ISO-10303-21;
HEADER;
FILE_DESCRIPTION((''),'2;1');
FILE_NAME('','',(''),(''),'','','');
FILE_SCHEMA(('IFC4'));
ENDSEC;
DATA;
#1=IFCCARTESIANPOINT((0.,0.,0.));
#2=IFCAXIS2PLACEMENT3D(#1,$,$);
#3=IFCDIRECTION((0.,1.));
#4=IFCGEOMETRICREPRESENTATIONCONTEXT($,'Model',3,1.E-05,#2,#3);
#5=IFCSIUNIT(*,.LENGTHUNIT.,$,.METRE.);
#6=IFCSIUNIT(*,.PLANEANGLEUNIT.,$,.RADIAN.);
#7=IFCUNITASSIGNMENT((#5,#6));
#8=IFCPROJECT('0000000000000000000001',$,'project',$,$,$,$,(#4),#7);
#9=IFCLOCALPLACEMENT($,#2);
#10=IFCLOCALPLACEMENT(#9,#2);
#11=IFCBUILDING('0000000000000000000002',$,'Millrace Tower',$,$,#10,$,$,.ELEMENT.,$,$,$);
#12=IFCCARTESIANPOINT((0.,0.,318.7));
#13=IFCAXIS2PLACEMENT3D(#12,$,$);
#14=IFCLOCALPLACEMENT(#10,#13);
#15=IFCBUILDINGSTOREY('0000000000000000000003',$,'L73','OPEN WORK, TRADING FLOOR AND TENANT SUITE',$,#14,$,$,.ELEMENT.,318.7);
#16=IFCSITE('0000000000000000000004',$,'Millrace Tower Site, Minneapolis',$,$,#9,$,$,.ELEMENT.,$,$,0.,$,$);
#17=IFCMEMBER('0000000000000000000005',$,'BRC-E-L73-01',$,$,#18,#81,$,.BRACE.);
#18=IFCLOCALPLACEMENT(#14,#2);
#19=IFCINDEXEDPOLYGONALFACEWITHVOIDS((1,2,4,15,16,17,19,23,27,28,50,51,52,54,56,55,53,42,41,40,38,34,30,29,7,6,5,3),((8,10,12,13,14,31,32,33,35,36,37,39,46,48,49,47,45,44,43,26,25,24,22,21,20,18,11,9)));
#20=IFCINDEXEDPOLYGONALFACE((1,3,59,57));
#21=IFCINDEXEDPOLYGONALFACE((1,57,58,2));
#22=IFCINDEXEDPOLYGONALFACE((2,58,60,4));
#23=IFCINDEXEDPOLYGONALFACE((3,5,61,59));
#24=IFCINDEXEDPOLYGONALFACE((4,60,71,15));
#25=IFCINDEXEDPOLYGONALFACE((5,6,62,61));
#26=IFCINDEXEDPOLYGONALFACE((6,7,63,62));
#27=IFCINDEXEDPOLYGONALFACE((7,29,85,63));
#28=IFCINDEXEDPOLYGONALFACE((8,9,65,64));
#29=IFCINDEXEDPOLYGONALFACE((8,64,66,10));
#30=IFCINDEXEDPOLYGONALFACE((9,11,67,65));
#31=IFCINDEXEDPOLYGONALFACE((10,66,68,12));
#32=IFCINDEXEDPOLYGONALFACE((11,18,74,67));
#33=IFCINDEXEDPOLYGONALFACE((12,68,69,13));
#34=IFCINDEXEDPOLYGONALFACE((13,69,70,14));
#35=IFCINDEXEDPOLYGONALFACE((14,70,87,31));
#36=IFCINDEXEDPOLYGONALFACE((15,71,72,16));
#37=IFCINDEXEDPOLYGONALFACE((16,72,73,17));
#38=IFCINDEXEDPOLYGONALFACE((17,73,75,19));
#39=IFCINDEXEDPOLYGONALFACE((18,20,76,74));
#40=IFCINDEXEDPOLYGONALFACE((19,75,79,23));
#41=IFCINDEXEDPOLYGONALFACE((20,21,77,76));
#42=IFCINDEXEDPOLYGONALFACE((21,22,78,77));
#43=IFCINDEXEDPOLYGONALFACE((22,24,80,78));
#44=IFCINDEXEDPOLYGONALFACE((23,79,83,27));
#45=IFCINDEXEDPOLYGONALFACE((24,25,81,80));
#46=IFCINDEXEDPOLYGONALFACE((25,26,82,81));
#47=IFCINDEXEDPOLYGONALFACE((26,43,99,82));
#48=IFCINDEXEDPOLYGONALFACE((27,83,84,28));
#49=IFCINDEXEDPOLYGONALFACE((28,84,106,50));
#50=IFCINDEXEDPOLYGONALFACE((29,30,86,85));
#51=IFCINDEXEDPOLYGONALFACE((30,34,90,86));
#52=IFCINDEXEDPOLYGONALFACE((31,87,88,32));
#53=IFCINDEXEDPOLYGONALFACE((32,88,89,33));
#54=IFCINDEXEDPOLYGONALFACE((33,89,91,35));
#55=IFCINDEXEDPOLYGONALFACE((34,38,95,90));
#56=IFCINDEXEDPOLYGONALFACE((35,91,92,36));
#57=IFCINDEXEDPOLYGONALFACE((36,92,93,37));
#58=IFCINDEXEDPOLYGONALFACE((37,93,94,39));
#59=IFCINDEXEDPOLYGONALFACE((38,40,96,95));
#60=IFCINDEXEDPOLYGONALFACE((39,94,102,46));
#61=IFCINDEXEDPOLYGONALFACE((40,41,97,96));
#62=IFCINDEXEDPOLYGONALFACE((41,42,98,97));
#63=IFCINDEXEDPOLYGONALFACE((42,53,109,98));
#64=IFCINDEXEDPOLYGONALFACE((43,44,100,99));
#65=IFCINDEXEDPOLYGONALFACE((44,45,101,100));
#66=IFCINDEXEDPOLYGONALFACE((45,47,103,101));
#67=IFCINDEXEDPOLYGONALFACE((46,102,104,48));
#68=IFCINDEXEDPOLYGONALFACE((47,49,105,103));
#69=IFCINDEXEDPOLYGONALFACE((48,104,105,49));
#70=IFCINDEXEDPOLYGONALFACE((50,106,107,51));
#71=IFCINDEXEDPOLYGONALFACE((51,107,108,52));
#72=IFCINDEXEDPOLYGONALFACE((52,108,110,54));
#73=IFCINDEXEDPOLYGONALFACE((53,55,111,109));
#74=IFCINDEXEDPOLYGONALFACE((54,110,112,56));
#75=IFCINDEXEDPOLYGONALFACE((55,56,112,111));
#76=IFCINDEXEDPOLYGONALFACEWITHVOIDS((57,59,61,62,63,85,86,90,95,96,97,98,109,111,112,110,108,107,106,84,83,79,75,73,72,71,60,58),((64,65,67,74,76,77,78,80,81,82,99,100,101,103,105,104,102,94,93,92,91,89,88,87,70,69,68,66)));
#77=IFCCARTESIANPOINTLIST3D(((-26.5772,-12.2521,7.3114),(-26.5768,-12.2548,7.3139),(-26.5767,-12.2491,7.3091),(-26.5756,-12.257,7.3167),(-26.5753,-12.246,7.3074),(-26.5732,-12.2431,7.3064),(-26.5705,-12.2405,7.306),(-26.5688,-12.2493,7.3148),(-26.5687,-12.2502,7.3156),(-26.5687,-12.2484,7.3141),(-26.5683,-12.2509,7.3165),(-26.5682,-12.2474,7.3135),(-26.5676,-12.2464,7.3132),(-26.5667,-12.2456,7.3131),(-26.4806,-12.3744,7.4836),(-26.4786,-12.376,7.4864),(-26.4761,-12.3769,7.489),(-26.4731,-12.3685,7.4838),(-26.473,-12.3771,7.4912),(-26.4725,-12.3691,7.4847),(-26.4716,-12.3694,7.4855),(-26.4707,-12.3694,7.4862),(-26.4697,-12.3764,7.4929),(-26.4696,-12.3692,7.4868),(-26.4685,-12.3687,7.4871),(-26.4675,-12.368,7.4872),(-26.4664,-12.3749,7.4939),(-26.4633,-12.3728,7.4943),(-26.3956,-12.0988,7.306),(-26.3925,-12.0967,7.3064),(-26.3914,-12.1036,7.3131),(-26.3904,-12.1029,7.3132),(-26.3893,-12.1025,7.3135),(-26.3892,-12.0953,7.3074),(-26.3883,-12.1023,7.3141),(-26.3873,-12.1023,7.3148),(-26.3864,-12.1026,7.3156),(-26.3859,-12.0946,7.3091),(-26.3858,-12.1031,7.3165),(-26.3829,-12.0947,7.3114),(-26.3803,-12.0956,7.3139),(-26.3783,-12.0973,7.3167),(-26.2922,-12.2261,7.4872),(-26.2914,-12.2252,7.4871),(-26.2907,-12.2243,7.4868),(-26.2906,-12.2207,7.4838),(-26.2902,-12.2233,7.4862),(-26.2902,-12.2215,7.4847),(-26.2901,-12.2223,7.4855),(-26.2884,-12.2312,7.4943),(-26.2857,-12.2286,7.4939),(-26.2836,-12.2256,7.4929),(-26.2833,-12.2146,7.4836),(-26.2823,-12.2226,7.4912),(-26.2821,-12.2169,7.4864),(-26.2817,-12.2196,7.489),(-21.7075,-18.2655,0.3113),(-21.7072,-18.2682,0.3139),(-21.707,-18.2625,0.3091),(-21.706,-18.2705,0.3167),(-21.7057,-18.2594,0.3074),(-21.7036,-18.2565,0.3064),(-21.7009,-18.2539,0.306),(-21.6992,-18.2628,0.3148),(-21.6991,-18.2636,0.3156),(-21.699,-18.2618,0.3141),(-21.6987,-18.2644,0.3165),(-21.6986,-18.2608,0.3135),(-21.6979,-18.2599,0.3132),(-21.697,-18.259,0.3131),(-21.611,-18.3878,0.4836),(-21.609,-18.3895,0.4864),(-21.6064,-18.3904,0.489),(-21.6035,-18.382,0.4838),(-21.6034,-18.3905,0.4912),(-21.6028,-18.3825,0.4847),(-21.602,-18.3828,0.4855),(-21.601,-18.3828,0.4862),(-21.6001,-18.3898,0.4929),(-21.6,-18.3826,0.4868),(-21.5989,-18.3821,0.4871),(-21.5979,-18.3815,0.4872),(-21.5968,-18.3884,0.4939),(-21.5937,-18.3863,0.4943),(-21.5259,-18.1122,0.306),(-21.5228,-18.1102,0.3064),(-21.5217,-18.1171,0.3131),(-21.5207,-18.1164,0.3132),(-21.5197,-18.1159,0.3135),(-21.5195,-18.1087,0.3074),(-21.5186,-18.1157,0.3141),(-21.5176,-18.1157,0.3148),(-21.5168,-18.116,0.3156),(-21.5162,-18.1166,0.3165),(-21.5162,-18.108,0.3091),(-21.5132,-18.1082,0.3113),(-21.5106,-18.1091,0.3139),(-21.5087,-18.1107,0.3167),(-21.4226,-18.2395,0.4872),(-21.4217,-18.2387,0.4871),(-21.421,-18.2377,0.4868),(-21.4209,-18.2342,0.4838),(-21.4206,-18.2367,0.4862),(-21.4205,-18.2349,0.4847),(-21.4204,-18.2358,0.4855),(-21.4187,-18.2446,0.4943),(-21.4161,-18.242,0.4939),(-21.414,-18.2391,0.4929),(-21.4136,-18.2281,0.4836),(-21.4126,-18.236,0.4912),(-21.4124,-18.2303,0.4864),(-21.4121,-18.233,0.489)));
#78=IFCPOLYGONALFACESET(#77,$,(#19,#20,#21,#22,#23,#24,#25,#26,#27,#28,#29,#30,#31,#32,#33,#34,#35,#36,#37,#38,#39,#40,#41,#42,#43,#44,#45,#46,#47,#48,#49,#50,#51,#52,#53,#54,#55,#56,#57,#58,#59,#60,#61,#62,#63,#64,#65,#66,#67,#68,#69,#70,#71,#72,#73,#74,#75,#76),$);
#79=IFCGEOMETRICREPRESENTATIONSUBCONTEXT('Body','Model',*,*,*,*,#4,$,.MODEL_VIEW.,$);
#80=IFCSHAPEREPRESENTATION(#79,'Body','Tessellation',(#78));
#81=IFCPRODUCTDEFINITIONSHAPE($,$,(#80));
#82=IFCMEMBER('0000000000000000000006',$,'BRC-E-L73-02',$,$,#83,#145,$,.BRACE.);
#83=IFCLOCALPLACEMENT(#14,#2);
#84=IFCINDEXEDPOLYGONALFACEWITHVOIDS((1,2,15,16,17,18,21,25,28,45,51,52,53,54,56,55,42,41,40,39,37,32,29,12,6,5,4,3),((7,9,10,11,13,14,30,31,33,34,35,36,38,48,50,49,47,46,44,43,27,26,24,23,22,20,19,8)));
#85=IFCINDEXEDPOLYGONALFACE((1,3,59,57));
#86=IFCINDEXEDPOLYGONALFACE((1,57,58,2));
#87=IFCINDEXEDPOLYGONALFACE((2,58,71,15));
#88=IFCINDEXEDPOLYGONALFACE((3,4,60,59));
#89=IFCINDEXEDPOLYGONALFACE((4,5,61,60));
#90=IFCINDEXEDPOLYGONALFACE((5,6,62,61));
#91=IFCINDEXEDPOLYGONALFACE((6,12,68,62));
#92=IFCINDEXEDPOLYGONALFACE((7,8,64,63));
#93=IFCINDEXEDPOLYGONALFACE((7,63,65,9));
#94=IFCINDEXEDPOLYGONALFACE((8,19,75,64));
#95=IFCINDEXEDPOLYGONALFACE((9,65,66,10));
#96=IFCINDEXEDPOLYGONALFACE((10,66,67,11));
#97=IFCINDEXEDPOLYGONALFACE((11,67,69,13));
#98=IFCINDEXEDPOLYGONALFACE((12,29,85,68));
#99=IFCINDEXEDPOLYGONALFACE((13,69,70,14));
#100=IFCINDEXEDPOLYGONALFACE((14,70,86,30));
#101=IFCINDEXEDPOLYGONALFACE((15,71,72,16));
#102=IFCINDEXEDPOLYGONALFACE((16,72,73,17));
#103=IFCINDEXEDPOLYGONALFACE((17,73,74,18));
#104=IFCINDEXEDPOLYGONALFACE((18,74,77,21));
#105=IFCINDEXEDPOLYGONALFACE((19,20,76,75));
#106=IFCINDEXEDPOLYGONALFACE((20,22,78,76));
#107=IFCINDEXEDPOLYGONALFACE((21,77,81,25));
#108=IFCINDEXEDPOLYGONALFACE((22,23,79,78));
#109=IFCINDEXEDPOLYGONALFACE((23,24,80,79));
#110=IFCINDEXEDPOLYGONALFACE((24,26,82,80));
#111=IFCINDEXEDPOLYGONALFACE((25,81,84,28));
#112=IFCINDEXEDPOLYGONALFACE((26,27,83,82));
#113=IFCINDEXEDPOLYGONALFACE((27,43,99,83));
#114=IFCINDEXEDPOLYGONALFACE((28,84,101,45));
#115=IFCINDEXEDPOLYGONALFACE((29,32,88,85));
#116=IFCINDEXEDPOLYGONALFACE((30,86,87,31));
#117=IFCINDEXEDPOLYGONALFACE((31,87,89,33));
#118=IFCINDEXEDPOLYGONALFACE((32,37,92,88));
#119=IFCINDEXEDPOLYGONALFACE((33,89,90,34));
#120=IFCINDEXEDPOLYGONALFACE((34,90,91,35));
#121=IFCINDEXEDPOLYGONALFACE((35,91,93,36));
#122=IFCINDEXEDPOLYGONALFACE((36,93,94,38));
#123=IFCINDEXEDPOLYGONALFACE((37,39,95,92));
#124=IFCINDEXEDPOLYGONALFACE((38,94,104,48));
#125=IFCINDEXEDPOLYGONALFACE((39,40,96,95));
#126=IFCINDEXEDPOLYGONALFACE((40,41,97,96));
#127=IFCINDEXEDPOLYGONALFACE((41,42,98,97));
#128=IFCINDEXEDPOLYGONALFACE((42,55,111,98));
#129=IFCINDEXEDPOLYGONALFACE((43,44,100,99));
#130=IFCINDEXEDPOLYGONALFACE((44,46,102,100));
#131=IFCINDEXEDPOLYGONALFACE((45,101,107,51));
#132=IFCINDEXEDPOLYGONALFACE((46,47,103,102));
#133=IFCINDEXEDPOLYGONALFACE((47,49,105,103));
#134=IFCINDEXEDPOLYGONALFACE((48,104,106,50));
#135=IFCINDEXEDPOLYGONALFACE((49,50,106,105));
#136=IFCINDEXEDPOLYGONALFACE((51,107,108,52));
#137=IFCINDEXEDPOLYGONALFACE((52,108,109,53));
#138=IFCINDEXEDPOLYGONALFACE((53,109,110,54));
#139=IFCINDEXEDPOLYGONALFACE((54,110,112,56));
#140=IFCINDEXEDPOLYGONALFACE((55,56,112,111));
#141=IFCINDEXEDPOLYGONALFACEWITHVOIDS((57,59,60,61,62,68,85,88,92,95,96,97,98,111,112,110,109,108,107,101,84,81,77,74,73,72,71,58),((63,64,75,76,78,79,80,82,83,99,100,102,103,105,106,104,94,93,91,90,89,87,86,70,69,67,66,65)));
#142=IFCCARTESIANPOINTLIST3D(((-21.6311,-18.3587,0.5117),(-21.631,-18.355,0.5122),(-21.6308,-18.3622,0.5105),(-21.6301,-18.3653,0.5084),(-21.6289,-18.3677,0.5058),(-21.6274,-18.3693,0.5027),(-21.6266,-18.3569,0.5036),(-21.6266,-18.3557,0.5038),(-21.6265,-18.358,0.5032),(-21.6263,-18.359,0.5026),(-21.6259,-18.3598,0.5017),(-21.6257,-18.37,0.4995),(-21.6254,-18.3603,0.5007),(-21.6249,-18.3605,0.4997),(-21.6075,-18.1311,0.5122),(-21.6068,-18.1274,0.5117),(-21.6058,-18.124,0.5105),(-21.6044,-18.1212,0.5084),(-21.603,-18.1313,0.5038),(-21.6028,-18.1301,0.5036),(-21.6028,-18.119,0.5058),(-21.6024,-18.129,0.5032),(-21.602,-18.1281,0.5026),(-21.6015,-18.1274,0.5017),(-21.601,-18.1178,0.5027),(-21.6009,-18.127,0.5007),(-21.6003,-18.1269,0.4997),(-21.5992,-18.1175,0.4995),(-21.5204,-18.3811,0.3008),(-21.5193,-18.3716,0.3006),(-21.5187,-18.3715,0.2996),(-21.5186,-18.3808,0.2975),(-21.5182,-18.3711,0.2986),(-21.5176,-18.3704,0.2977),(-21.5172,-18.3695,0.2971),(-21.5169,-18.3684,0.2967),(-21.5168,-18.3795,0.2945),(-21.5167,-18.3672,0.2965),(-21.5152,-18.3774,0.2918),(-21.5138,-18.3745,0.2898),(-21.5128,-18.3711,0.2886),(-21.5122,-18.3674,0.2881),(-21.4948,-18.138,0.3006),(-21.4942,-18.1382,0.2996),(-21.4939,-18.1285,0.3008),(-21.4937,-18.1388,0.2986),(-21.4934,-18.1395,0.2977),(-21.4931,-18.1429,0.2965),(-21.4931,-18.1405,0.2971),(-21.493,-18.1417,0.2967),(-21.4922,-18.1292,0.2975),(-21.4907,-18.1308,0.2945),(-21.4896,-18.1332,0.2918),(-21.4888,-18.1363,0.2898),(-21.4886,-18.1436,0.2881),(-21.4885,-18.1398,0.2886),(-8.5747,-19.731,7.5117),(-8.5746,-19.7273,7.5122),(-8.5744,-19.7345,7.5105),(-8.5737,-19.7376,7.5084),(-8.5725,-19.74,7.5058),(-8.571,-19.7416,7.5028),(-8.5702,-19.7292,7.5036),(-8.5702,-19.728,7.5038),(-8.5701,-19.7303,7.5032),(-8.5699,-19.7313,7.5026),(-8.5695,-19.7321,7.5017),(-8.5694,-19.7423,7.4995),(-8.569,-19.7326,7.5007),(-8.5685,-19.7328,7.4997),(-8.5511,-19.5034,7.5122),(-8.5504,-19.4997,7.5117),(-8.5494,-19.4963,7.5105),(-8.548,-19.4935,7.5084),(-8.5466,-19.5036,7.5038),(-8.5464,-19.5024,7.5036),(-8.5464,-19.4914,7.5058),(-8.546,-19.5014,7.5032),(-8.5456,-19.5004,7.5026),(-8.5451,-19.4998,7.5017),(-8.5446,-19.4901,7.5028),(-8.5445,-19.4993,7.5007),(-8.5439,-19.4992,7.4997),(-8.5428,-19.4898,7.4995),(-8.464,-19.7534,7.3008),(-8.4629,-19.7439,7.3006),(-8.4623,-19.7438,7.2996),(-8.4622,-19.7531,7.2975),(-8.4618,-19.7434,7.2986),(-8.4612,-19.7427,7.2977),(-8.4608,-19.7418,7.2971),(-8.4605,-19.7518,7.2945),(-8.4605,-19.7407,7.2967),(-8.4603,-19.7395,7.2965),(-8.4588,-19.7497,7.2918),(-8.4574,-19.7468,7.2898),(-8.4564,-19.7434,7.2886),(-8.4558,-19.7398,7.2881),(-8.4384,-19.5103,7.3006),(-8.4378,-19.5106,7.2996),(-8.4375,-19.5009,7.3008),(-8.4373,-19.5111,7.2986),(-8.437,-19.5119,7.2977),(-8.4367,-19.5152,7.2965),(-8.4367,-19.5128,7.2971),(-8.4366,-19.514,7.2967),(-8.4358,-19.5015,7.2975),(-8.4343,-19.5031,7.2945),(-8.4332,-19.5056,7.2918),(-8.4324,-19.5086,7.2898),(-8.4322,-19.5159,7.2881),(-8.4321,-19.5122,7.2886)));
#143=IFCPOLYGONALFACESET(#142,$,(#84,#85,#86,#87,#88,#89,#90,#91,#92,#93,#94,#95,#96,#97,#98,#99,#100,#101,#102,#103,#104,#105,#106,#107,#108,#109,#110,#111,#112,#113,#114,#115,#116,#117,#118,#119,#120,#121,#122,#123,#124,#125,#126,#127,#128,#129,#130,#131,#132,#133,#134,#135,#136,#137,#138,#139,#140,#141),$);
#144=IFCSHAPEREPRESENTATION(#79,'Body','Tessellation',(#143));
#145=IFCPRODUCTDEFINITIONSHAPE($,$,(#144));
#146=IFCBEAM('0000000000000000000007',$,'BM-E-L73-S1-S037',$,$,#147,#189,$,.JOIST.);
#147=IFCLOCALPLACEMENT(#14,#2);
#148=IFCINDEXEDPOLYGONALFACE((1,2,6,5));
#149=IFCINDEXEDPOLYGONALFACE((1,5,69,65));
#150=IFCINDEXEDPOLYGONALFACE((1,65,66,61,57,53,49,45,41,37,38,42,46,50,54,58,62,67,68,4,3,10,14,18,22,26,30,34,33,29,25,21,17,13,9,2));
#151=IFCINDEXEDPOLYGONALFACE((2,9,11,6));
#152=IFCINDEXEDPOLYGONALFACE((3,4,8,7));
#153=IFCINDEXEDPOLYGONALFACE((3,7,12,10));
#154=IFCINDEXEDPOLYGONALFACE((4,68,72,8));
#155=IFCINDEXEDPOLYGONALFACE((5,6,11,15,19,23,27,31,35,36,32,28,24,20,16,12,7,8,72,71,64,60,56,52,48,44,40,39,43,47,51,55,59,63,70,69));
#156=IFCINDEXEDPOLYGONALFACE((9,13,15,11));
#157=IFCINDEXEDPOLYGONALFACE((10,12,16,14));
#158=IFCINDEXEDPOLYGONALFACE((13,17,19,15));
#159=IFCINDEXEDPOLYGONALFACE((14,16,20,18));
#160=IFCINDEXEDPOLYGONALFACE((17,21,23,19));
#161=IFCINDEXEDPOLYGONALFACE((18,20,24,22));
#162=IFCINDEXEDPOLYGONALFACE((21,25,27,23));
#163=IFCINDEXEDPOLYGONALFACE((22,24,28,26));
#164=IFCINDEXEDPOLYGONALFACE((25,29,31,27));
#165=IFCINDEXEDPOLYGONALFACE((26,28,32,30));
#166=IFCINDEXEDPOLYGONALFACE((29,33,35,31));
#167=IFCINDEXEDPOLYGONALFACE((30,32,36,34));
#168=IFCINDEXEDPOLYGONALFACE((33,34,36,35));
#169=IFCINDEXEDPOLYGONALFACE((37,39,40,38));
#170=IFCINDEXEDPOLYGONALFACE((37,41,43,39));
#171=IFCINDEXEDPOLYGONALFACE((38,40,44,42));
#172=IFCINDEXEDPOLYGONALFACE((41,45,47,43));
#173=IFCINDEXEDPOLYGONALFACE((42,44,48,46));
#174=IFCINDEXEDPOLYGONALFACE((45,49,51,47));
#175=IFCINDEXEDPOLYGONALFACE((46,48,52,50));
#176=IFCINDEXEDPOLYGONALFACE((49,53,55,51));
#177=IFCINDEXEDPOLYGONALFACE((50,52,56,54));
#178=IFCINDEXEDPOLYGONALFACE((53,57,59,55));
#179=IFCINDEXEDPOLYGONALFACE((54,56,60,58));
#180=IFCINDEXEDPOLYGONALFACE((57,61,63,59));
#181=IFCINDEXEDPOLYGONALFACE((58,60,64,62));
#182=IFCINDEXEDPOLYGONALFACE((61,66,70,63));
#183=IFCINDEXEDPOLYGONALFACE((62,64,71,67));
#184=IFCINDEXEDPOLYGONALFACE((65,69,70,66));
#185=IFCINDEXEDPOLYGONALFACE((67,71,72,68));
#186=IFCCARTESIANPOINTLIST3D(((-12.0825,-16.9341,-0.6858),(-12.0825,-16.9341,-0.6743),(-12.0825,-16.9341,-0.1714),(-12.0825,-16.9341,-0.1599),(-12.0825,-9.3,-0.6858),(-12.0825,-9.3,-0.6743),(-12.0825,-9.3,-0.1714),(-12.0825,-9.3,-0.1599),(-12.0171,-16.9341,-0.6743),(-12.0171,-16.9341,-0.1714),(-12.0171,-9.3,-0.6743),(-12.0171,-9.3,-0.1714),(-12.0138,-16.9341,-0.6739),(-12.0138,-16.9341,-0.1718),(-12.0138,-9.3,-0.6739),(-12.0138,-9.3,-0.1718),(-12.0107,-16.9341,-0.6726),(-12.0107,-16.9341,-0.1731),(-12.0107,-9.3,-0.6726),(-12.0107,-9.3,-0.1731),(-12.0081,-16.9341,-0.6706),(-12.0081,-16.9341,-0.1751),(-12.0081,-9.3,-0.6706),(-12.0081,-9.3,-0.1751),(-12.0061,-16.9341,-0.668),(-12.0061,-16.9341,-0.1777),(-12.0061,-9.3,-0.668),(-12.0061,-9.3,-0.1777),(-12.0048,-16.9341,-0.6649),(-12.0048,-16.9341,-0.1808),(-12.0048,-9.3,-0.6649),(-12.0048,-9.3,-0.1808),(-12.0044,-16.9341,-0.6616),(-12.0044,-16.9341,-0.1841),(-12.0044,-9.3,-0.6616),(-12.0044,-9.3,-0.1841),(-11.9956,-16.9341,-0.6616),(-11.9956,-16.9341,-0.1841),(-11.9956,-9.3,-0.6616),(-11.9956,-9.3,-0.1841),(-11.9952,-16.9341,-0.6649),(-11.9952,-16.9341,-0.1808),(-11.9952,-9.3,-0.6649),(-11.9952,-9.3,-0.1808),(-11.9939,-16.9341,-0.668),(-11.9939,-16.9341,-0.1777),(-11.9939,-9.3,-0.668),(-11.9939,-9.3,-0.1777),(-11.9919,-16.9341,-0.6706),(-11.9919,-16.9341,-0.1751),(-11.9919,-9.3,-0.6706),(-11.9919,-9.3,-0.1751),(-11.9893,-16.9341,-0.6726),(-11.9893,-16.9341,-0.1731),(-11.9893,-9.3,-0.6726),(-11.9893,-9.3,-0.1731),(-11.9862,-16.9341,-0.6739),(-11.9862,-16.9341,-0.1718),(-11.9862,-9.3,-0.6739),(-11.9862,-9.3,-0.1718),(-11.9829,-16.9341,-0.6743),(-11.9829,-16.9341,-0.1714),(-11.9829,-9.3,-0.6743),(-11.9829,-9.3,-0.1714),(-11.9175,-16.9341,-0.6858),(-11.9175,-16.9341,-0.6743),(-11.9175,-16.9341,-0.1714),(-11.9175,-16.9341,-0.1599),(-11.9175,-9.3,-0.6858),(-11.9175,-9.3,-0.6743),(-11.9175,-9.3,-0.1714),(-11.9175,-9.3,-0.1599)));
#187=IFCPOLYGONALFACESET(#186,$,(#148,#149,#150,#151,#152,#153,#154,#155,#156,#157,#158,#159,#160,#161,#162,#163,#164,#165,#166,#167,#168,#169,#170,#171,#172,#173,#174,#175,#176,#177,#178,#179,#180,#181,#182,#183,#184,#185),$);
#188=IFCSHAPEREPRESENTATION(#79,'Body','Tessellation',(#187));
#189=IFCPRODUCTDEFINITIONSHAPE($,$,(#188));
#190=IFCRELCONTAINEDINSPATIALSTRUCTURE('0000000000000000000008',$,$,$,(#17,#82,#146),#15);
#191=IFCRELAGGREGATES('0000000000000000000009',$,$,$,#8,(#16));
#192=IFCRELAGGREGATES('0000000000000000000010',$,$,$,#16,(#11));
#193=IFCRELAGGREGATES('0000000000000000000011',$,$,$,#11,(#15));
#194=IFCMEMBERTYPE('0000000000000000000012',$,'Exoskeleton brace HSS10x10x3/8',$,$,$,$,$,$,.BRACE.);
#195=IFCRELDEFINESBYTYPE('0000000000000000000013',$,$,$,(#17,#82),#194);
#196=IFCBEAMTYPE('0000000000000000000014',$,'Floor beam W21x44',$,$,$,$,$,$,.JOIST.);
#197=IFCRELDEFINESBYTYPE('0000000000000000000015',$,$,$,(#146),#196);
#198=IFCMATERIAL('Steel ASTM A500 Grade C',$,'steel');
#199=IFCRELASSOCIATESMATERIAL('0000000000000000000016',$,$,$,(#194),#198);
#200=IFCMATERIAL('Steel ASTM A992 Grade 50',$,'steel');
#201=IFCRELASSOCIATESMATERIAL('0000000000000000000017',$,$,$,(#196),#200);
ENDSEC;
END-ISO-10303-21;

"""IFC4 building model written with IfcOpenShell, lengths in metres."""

from ifc_helpers import new_model, si_unit, direction, frame, origin, origin_2d, place, context, subcontext, project, spatial, hollow_rectangle, i_section, extrude, material, material_profile, profile_set, type_object, element, save


model = new_model("IFC4")

# Units and contexts
model_context = context("Model", 3, precision=1e-05, world=origin(), true_north=direction((0.0, 1.0)))
body_context = subcontext(model_context, "Body", "Model", "MODEL_VIEW")
ifc_project = project(units=[si_unit("LENGTHUNIT", "METRE"), si_unit("PLANEANGLEUNIT", "RADIAN")], contexts=[model_context])

# Site, building, storey
site_placement = place(None, origin())
site = spatial("IfcSite", under=ifc_project, at=site_placement, Name="Millrace Tower Site, Minneapolis", CompositionType="ELEMENT", RefElevation=0.0)
building_placement = place(site_placement, origin())
building = spatial("IfcBuilding", under=site, at=building_placement, Name="Millrace Tower", CompositionType="ELEMENT")
storey_placement = place(building_placement, frame((0.0, 0.0, 318.7)))
storey = spatial("IfcBuildingStorey", under=building, at=storey_placement, Name="L73", Description="OPEN WORK, TRADING FLOOR AND TENANT SUITE", CompositionType="ELEMENT", Elevation=318.7)

# Members
ifc_material_1 = material(Name="Steel ASTM A500 Grade C", Category="steel")
ifc_material_profile_1 = material_profile(ifc_material_1, hollow_rectangle(XDim=0.2539, YDim=0.2539, WallThickness=0.0095, InnerFilletRadius=0.0046, OuterFilletRadius=0.0144, at=origin_2d()))
ifc_profile_set_1 = profile_set([ifc_material_profile_1], Name="Steel ASTM A500 Grade C")
member_type_1 = type_object("IfcMemberType", Name="Exoskeleton brace HSS10x10x3/8", PredefinedType="BRACE", material=ifc_profile_set_1)
member_1_placement = place(storey_placement, frame((-21.5598, -18.2493, 0.4001), z_axis=(-0.466694, 0.576314, 0.670864), x_axis=(-0.777143, -0.629324, 0.0)))
element("IfcMember", 1, at=member_1_placement, inside=storey, type_object=member_type_1, Name="BRC-E-L73-01", PredefinedType="BRACE", context=body_context, shape_type="SweptSolid", body=[
    extrude(hollow_rectangle(XDim=0.2539, YDim=0.2539, WallThickness=0.0095, InnerFilletRadius=0.0046, OuterFilletRadius=0.0144, at=origin_2d()), origin(), (0.0, 0.0, 1.0), 10.4343),
])
member_2_placement = place(storey_placement, frame((-21.5598, -18.2493, 0.4001), z_axis=(0.877568, -0.092238, 0.470496), x_axis=(0.104531, 0.994522, 0.0)))
element("IfcMember", 2, at=member_2_placement, inside=storey, type_object=member_type_1, Name="BRC-E-L73-02", PredefinedType="BRACE", context=body_context, shape_type="SweptSolid", body=[
    extrude(hollow_rectangle(XDim=0.2539, YDim=0.2539, WallThickness=0.0095, InnerFilletRadius=0.0046, OuterFilletRadius=0.0144, at=origin_2d()), origin(), (0.0, 0.0, 1.0), 14.8779),
])

# Beam
ifc_material_2 = material(Name="Steel ASTM A992 Grade 50", Category="steel")
ifc_material_profile_2 = material_profile(ifc_material_2, i_section(OverallWidth=0.165, OverallDepth=0.5259, WebThickness=0.0088, FlangeThickness=0.0115, FilletRadius=0.0127, at=origin_2d()))
ifc_profile_set_2 = profile_set([ifc_material_profile_2], Name="Steel ASTM A992 Grade 50")
beam_type_1 = type_object("IfcBeamType", Name="Floor beam W21x44", PredefinedType="JOIST", material=ifc_profile_set_2)
beam_1_placement = place(storey_placement, frame((-12.0, -16.9341, -0.4229), z_axis=(0.0, 1.0, 0.0), x_axis=(-1.0, 0.0, 0.0)))
element("IfcBeam", 3, at=beam_1_placement, inside=storey, type_object=beam_type_1, Name="BM-E-L73-S1-S037", PredefinedType="JOIST", context=body_context, shape_type="SweptSolid", body=[
    extrude(i_section(OverallWidth=0.165, OverallDepth=0.5259, WebThickness=0.0088, FlangeThickness=0.0115, FilletRadius=0.0127, at=origin_2d()), origin(), (0.0, 0.0, 1.0), 7.634),
])

save(model, "model.ifc")
